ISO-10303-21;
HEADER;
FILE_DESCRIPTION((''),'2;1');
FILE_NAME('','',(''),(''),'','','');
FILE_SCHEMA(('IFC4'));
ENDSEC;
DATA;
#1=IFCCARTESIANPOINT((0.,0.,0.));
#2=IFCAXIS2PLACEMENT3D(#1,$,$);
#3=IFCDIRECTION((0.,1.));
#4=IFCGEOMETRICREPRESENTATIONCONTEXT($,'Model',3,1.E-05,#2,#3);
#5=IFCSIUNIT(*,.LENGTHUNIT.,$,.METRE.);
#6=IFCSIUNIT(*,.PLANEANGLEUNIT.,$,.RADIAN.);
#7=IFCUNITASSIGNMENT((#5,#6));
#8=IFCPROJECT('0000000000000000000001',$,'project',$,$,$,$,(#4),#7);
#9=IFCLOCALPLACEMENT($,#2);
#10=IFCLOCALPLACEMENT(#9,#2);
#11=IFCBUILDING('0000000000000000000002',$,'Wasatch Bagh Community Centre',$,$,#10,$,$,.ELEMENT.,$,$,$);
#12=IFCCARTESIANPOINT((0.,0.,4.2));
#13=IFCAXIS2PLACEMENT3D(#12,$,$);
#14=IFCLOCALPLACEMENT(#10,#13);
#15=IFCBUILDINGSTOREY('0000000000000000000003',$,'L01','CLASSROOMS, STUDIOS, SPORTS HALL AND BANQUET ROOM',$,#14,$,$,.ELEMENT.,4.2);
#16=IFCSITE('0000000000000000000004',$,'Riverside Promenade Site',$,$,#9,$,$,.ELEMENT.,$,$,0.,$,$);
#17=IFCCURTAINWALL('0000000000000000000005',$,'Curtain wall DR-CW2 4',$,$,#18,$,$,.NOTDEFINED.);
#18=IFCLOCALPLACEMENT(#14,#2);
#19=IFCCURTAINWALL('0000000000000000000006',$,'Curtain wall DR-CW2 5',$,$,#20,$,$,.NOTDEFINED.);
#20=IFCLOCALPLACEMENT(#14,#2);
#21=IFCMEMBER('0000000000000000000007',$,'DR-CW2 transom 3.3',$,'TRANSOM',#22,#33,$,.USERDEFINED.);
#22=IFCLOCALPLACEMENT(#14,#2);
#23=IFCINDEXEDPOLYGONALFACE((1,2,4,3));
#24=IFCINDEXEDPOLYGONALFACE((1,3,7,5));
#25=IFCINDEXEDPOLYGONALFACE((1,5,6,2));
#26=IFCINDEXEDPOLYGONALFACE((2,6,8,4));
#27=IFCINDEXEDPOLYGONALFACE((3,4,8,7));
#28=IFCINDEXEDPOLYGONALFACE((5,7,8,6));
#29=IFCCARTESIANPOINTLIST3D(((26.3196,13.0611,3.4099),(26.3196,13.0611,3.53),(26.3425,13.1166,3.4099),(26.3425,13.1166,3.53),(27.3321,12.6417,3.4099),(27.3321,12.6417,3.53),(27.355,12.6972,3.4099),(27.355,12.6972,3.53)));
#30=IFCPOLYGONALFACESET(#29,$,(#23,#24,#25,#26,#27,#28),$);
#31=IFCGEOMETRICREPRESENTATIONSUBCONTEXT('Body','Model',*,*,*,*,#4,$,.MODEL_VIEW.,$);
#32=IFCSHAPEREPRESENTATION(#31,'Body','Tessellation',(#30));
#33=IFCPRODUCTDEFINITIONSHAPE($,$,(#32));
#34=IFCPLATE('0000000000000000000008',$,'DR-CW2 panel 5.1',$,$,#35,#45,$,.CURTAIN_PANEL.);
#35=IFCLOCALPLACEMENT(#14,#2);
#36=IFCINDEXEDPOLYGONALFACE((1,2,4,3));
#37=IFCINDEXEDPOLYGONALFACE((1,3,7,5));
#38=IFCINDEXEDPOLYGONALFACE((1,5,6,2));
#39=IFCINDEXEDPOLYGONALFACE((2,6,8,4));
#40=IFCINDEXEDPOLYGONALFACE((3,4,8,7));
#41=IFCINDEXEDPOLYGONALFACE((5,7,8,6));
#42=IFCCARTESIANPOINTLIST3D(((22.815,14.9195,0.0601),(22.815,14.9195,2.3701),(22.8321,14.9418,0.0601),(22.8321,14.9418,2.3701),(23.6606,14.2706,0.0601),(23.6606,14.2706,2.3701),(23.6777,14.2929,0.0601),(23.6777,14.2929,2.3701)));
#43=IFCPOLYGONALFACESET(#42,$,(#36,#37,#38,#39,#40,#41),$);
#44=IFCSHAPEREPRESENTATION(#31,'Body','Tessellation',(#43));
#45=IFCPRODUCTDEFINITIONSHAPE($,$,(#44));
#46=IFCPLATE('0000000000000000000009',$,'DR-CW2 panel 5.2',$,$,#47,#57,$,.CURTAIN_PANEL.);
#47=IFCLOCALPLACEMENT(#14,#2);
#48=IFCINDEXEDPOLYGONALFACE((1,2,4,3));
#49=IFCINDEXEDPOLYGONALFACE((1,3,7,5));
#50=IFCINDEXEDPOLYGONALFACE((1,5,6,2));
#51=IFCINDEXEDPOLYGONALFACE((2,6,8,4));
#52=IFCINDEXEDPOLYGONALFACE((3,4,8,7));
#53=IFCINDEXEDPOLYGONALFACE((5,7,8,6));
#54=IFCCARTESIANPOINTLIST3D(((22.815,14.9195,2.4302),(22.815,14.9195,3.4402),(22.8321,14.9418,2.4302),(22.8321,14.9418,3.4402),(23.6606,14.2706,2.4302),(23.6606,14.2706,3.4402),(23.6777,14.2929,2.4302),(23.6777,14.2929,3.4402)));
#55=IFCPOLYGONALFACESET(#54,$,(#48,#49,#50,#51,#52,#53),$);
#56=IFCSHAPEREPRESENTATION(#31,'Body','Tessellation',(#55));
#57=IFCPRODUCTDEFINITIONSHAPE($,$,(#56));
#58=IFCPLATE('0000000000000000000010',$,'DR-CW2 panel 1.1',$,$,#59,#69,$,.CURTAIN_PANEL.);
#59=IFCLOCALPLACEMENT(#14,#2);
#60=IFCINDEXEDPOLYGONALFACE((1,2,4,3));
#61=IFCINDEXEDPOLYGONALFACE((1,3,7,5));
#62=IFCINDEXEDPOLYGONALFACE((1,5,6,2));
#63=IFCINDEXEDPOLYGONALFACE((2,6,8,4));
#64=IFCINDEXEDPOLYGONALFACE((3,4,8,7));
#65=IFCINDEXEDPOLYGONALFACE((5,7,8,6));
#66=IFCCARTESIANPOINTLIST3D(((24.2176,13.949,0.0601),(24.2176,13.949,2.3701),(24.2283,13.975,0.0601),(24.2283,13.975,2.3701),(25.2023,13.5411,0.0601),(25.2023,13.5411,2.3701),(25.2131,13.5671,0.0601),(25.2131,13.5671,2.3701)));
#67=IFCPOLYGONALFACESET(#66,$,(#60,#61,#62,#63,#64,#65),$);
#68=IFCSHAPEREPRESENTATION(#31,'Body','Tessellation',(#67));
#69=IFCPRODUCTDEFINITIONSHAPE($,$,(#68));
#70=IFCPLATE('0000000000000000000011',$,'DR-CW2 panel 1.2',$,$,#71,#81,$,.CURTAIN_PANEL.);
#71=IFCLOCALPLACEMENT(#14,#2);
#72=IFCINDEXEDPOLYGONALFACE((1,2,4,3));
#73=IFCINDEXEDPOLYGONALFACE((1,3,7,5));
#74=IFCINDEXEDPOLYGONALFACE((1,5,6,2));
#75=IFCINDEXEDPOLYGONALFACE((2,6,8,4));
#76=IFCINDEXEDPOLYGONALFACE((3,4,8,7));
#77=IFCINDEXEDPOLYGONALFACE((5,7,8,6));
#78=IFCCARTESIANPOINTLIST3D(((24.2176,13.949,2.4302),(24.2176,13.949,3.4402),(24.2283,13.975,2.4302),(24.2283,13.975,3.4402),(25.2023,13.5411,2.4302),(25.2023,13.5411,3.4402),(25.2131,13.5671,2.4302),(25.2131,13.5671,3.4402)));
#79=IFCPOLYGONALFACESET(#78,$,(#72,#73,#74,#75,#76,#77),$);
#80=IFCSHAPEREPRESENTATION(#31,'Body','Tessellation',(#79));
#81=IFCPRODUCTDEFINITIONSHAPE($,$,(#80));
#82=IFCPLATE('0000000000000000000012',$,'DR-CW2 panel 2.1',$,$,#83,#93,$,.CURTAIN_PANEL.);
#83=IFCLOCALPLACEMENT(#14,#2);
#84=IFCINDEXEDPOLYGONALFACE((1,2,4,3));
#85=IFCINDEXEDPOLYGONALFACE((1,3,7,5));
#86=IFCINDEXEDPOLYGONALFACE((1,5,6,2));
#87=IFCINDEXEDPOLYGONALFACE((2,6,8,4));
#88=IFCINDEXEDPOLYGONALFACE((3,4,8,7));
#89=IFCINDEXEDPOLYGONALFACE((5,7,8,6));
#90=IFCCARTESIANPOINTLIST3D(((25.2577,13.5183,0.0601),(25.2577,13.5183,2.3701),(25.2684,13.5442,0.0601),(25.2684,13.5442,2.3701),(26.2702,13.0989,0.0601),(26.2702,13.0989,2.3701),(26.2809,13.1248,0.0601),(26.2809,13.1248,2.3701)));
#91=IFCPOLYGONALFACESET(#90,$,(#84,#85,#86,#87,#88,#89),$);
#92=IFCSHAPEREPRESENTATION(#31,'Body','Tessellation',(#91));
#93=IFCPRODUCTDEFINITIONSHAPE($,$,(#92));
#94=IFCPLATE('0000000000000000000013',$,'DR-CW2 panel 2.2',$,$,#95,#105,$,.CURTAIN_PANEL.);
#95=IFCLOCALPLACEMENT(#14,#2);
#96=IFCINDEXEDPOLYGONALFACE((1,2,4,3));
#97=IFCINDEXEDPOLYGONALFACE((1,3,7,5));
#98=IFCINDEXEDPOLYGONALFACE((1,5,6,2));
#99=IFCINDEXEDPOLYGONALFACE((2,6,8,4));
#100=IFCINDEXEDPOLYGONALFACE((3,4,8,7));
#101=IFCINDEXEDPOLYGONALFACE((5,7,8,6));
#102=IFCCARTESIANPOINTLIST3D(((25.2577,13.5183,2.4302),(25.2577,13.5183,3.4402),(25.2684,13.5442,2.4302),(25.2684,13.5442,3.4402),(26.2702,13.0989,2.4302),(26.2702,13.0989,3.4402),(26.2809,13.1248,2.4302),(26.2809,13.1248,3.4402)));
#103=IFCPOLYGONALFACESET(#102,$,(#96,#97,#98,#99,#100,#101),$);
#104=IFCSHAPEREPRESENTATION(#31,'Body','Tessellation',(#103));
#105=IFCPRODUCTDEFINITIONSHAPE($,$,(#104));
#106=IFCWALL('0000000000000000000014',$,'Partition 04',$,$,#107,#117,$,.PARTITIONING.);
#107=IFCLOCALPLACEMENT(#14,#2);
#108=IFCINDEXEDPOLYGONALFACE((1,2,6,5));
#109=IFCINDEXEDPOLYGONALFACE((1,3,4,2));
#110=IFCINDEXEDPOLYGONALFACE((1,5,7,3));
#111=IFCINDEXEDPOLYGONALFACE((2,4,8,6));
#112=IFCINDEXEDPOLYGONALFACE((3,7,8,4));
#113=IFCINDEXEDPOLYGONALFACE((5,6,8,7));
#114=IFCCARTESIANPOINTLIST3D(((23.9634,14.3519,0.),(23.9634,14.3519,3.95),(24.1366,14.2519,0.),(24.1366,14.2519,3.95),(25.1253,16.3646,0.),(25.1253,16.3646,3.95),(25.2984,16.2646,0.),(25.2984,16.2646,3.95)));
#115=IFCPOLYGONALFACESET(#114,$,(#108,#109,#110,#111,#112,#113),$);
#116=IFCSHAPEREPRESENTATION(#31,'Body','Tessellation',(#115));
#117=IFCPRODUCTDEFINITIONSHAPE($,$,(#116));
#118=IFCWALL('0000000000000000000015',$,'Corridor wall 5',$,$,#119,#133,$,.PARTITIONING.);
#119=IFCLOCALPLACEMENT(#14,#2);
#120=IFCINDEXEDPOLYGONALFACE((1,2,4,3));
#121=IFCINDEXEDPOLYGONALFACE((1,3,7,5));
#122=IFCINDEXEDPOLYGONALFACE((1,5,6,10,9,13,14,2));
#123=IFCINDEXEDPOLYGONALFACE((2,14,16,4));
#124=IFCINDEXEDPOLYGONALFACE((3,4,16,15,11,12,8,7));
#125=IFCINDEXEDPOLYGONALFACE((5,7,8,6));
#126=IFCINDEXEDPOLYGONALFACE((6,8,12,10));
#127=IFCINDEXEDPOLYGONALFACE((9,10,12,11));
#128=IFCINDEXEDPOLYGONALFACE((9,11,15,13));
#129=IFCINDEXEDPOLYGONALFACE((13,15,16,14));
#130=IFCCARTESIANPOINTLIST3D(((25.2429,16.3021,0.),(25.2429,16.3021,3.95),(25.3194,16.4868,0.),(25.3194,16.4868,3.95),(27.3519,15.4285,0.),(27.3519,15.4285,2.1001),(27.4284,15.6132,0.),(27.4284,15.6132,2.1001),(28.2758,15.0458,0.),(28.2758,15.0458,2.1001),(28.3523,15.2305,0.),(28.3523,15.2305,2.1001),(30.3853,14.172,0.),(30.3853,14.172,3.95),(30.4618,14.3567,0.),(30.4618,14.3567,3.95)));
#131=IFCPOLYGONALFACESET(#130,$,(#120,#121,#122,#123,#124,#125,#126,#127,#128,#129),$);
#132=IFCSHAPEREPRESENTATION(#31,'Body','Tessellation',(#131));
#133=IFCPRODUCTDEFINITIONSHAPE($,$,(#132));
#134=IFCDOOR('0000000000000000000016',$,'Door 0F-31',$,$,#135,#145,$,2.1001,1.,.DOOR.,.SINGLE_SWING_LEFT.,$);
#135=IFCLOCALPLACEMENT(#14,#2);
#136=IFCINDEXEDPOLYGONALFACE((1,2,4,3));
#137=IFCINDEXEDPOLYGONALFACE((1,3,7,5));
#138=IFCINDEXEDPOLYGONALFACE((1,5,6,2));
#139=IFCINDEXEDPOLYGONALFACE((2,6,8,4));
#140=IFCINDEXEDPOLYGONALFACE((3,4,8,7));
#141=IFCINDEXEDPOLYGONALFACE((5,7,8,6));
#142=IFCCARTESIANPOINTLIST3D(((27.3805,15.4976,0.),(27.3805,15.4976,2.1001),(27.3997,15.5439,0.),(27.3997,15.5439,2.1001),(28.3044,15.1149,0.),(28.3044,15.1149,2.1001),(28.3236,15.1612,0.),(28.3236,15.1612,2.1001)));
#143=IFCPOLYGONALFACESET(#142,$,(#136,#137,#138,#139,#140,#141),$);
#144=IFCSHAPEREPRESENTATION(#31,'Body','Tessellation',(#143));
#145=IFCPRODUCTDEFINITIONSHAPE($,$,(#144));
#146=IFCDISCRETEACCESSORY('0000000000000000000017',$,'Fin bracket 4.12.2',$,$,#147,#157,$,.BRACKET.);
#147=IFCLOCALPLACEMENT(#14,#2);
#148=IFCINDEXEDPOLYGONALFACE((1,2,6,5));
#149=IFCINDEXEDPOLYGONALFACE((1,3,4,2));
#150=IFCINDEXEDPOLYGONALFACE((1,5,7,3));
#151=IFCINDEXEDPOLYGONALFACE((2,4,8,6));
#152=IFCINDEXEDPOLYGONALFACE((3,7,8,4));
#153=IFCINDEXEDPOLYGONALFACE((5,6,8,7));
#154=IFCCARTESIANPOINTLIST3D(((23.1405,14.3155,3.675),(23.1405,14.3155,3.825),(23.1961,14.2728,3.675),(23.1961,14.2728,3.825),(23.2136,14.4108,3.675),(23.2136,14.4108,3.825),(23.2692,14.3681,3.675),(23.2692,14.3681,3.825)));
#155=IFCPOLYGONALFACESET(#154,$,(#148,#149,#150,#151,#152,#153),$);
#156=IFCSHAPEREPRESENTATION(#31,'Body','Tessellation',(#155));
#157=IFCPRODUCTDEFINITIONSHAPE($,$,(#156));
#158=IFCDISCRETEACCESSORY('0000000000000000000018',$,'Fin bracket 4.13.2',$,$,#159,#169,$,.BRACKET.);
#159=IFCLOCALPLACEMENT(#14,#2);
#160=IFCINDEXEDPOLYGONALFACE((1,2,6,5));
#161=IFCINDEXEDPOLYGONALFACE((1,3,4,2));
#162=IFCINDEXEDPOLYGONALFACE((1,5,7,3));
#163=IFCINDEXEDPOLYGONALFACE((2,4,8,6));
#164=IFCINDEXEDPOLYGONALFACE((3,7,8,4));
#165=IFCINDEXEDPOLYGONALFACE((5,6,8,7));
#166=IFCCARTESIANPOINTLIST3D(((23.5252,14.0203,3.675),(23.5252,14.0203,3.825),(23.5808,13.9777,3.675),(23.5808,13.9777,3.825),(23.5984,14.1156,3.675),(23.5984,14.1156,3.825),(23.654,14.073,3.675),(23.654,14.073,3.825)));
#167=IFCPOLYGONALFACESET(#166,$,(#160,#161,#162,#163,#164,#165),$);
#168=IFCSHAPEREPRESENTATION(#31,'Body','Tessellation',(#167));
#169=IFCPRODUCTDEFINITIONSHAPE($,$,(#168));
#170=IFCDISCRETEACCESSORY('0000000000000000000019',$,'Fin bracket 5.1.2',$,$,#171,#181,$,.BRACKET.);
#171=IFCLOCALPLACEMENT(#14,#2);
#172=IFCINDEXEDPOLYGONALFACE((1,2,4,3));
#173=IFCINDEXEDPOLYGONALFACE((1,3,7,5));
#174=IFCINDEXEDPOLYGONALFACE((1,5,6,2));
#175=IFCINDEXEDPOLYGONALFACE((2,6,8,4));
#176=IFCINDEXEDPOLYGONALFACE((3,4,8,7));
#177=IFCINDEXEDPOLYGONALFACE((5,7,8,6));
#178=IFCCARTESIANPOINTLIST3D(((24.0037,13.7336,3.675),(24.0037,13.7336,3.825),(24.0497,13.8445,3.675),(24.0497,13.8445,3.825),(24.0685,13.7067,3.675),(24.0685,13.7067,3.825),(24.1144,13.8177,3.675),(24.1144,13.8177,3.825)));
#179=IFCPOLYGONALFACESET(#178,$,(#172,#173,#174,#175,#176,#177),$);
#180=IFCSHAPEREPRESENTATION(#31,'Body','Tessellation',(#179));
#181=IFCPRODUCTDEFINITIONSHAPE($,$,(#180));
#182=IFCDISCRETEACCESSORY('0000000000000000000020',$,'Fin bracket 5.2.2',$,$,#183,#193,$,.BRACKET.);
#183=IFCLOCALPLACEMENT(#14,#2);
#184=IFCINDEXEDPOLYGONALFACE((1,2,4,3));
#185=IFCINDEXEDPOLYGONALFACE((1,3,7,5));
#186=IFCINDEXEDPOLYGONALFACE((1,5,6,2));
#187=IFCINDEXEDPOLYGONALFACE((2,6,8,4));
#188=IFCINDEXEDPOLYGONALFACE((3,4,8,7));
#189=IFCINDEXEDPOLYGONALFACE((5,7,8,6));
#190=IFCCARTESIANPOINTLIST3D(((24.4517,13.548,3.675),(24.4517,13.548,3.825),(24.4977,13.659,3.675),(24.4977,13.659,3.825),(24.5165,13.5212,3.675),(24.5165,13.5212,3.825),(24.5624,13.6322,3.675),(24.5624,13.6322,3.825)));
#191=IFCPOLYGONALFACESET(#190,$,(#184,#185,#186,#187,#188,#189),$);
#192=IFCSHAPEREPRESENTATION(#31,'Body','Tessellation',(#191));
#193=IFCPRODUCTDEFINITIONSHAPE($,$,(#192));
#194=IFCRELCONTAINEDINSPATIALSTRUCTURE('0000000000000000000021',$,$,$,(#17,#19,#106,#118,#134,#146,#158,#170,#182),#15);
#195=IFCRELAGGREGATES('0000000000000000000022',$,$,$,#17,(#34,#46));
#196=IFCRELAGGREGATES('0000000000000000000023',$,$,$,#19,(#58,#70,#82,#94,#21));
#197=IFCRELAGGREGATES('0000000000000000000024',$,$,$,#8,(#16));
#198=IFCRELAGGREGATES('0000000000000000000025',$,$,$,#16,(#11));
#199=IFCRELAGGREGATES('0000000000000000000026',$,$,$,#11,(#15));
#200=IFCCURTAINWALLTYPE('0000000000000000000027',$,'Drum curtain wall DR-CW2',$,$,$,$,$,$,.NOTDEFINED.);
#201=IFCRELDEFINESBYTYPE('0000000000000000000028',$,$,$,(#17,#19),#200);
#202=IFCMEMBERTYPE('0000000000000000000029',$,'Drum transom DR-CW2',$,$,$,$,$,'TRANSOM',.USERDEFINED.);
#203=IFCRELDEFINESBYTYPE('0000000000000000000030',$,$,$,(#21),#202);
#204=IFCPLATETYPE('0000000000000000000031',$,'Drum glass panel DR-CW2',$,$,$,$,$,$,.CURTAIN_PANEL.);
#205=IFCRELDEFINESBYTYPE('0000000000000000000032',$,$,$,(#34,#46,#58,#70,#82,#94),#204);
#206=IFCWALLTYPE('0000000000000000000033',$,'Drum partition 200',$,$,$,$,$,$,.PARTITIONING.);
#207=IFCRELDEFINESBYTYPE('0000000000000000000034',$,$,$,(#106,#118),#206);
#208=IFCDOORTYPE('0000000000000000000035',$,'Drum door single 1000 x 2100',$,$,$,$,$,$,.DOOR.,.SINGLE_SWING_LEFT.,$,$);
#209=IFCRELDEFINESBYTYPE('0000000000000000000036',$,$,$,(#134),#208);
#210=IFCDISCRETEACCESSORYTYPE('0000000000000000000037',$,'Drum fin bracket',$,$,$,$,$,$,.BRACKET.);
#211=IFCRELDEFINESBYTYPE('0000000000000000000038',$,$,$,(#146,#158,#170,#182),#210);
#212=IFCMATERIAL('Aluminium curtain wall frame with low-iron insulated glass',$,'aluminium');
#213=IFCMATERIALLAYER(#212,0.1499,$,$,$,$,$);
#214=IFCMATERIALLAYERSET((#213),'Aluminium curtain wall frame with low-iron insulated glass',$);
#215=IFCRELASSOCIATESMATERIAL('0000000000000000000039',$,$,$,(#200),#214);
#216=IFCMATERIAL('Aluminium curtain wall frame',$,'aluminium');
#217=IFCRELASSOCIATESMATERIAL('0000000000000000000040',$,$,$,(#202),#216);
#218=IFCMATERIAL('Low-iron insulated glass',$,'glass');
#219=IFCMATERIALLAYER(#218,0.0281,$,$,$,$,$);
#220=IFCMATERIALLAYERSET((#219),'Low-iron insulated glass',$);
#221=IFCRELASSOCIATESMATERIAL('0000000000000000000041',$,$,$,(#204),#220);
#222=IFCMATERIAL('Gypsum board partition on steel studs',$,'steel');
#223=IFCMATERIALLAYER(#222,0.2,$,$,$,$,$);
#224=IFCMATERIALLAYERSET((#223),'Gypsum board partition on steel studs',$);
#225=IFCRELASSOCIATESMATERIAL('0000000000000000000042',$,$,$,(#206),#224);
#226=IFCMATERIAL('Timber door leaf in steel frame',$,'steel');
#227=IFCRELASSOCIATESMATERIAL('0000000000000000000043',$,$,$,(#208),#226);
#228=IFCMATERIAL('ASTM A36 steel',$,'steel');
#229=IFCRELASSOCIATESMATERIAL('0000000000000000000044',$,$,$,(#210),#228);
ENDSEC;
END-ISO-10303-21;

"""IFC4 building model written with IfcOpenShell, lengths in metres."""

from ifc_helpers import new_model, si_unit, direction, frame, frame_2d, origin, origin_2d, place, context, subcontext, project, spatial, rectangle, extrude, material, layer, layer_set, material_profile, profile_set, type_object, element, fill, aggregate, save


model = new_model("IFC4")

# Units and contexts
model_context = context("Model", 3, precision=1e-05, world=origin(), true_north=direction((0.0, 1.0)))
body_context = subcontext(model_context, "Body", "Model", "MODEL_VIEW")
ifc_project = project(units=[si_unit("LENGTHUNIT", "METRE"), si_unit("PLANEANGLEUNIT", "RADIAN")], contexts=[model_context])

# Site, building, storey
site_placement = place(None, origin())
site = spatial("IfcSite", under=ifc_project, at=site_placement, Name="Riverside Promenade Site", CompositionType="ELEMENT", RefElevation=0.0)
building_placement = place(site_placement, origin())
building = spatial("IfcBuilding", under=site, at=building_placement, Name="Wasatch Bagh Community Centre", CompositionType="ELEMENT")
storey_placement = place(building_placement, frame((0.0, 0.0, 4.2)))
storey = spatial("IfcBuildingStorey", under=building, at=storey_placement, Name="L01", Description="CLASSROOMS, STUDIOS, SPORTS HALL AND BANQUET ROOM", CompositionType="ELEMENT", Elevation=4.2)

# Curtain wall
ifc_material_1 = material(Name="Aluminium curtain wall frame with low-iron insulated glass", Category="aluminium")
ifc_layer_1 = layer(ifc_material_1, 0.1499)
ifc_layer_set_1 = layer_set([ifc_layer_1], Name="Aluminium curtain wall frame with low-iron insulated glass")
curtain_wall_type = type_object("IfcCurtainWallType", Name="Drum curtain wall DR-CW2", PredefinedType="NOTDEFINED", material=ifc_layer_set_1)
curtain_wall_1_placement = place(storey_placement, origin())
curtain_wall_1 = element("IfcCurtainWall", 1, at=curtain_wall_1_placement, inside=storey, type_object=curtain_wall_type, Name="Curtain wall DR-CW2 4", PredefinedType="NOTDEFINED")
ifc_material_2 = material(Name="Aluminium curtain wall frame", Category="aluminium")

# Curtain wall
curtain_wall_2_placement = place(storey_placement, origin())
curtain_wall_2 = element("IfcCurtainWall", 2, at=curtain_wall_2_placement, inside=storey, type_object=curtain_wall_type, Name="Curtain wall DR-CW2 5", PredefinedType="NOTDEFINED")

# Member
ifc_material_profile_1 = material_profile(ifc_material_2, rectangle(XDim=0.0601, YDim=0.1201, at=origin_2d()), Name="Drum transom DR-CW2")
ifc_profile_set_1 = profile_set([ifc_material_profile_1], Name="Aluminium curtain wall frame")
member_type_1 = type_object("IfcMemberType", Name="Drum transom DR-CW2", ElementType="TRANSOM", PredefinedType="USERDEFINED", material=ifc_profile_set_1)
member_1_placement = place(storey_placement, frame((26.3311, 13.0889, 3.47), z_axis=(0.923859, -0.382732, 0.0), x_axis=(0.382732, 0.923859, 0.0)))
member_1 = element("IfcMember", 3, at=member_1_placement, type_object=member_type_1, Name="DR-CW2 transom 3.3", ObjectType="TRANSOM", PredefinedType="USERDEFINED", context=body_context, shape_type="SweptSolid", body=[
    extrude(rectangle(XDim=0.0601, YDim=0.1201, at=origin_2d()), origin(), (0.0, 0.0, 1.0), 1.0959),
])

# Plates
ifc_material_3 = material(Name="Low-iron insulated glass", Category="glass")
ifc_layer_2 = layer(ifc_material_3, 0.0281)
ifc_layer_set_2 = layer_set([ifc_layer_2], Name="Low-iron insulated glass")
plate_type = type_object("IfcPlateType", Name="Drum glass panel DR-CW2", PredefinedType="CURTAIN_PANEL", material=ifc_layer_set_2)
plate_1_placement = place(storey_placement, frame((23.2463, 14.6062, 0.0601), z_axis=(0.0, 0.0, 1.0), x_axis=(0.793353, -0.608761, 0.0)))
plate_1 = element("IfcPlate", 4, at=plate_1_placement, type_object=plate_type, Name="DR-CW2 panel 5.1", PredefinedType="CURTAIN_PANEL", context=body_context, shape_type="SweptSolid", body=[
    extrude(rectangle(XDim=1.0659, YDim=0.0281, at=origin_2d()), origin(), (0.0, 0.0, 1.0), 2.3101),
])
plate_2_placement = place(storey_placement, frame((23.2463, 14.6062, 2.4302), z_axis=(0.0, 0.0, 1.0), x_axis=(0.793353, -0.608761, 0.0)))
plate_2 = element("IfcPlate", 5, at=plate_2_placement, type_object=plate_type, Name="DR-CW2 panel 5.2", PredefinedType="CURTAIN_PANEL", context=body_context, shape_type="SweptSolid", body=[
    extrude(rectangle(XDim=1.0659, YDim=0.0281, at=origin_2d()), origin(), (0.0, 0.0, 1.0), 1.01),
])
aggregate(curtain_wall_1, [plate_1, plate_2])
plate_3_placement = place(storey_placement, frame((24.7153, 13.7581, 0.0601), z_axis=(0.0, 0.0, 1.0), x_axis=(0.92388, -0.382683, 0.0)))
plate_3 = element("IfcPlate", 6, at=plate_3_placement, type_object=plate_type, Name="DR-CW2 panel 1.1", PredefinedType="CURTAIN_PANEL", context=body_context, shape_type="SweptSolid", body=[
    extrude(rectangle(XDim=1.0659, YDim=0.0281, at=origin_2d()), origin(), (0.0, 0.0, 1.0), 2.3101),
])
plate_4_placement = place(storey_placement, frame((24.7153, 13.7581, 2.4302), z_axis=(0.0, 0.0, 1.0), x_axis=(0.92388, -0.382683, 0.0)))
plate_4 = element("IfcPlate", 7, at=plate_4_placement, type_object=plate_type, Name="DR-CW2 panel 1.2", PredefinedType="CURTAIN_PANEL", context=body_context, shape_type="SweptSolid", body=[
    extrude(rectangle(XDim=1.0659, YDim=0.0281, at=origin_2d()), origin(), (0.0, 0.0, 1.0), 1.01),
])
plate_5_placement = place(storey_placement, frame((25.7693, 13.3215, 0.0601), z_axis=(0.0, 0.0, 1.0), x_axis=(0.92388, -0.382683, 0.0)))
plate_5 = element("IfcPlate", 8, at=plate_5_placement, type_object=plate_type, Name="DR-CW2 panel 2.1", PredefinedType="CURTAIN_PANEL", context=body_context, shape_type="SweptSolid", body=[
    extrude(rectangle(XDim=1.0959, YDim=0.0281, at=origin_2d()), origin(), (0.0, 0.0, 1.0), 2.3101),
])
plate_6_placement = place(storey_placement, frame((25.7693, 13.3215, 2.4302), z_axis=(0.0, 0.0, 1.0), x_axis=(0.92388, -0.382683, 0.0)))
plate_6 = element("IfcPlate", 9, at=plate_6_placement, type_object=plate_type, Name="DR-CW2 panel 2.2", PredefinedType="CURTAIN_PANEL", context=body_context, shape_type="SweptSolid", body=[
    extrude(rectangle(XDim=1.0959, YDim=0.0281, at=origin_2d()), origin(), (0.0, 0.0, 1.0), 1.01),
])
aggregate(curtain_wall_2, [plate_3, plate_4, plate_5, plate_6, member_1])

# Wall
ifc_material_4 = material(Name="Gypsum board partition on steel studs", Category="steel")
ifc_layer_3 = layer(ifc_material_4, 0.2)
ifc_layer_set_3 = layer_set([ifc_layer_3], Name="Gypsum board partition on steel studs")
wall_type = type_object("IfcWallType", Name="Drum partition 200", PredefinedType="PARTITIONING", material=ifc_layer_set_3)
wall_1_placement = place(storey_placement, frame((25.2119, 16.3147, 0.0), z_axis=(0.0, 0.0, 1.0), x_axis=(-0.499947, -0.866056, 0.0)))
element("IfcWall", 10, at=wall_1_placement, inside=storey, type_object=wall_type, Name="Partition 04", PredefinedType="PARTITIONING", context=body_context, shape_type="SweptSolid", body=[
    extrude(rectangle(XDim=2.324, YDim=0.2, at=frame_2d((1.1621, 0.0))), origin(), (0.0, 0.0, 1.0), 3.95),
])

# Wall, opening, door
wall_2_placement = place(storey_placement, frame((25.281, 16.3945, 0.0), z_axis=(0.0, 0.0, 1.0), x_axis=(0.923873, -0.382699, 0.0)))
wall_2 = element("IfcWall", 11, at=wall_2_placement, inside=storey, type_object=wall_type, Name="Corridor wall 5", PredefinedType="PARTITIONING", context=body_context, shape_type="SweptSolid", body=[
    extrude(rectangle(XDim=5.5662, YDim=0.2, at=frame_2d((2.7832, 0.0))), origin(), (0.0, 0.0, 1.0), 3.95),
])
opening_placement = place(wall_2_placement, frame((2.283, 0.0, 0.0)))
opening = element("IfcOpeningElement", 12, at=opening_placement, cuts=wall_2, PredefinedType="OPENING", context=body_context, shape_type="SweptSolid", body=[
    extrude(rectangle(XDim=1.0, YDim=2.1001, at=frame_2d((0.5, 1.05))), frame((0.0, 0.1099, 0.0), z_axis=(0.0, -1.0, 0.0), x_axis=(1.0, 0.0, 0.0)), (0.0, 0.0, 1.0), 0.22),
])
ifc_material_5 = material(Name="Timber door leaf in steel frame", Category="steel")
door_type = type_object("IfcDoorType", Name="Drum door single 1000 x 2100", OperationType="SINGLE_SWING_LEFT", PredefinedType="DOOR", material=ifc_material_5)
door_placement = place(opening_placement, origin())
door = element("IfcDoor", 13, at=door_placement, inside=storey, type_object=door_type, Name="Door 0F-31", OperationType="SINGLE_SWING_LEFT", OverallHeight=2.1001, OverallWidth=1.0, PredefinedType="DOOR", context=body_context, shape_type="SweptSolid", body=[
    extrude(rectangle(XDim=1.0, YDim=2.1001, at=frame_2d((0.5, 1.05))), frame((0.0, 0.0249, 0.0), z_axis=(0.0, -1.0, 0.0), x_axis=(1.0, 0.0, 0.0)), (0.0, 0.0, 1.0), 0.05),
])
fill(opening, door)

# Discrete accessories
ifc_material_6 = material(Name="ASTM A36 steel", Category="steel")
discrete_accessory_type = type_object("IfcDiscreteAccessoryType", Name="Drum fin bracket", PredefinedType="BRACKET", material=ifc_material_6)
for number, where, z_axis, x_axis, name in (
    (14, (23.2048, 14.3418, 3.675), (0.0, 0.0, 1.0), (0.793353, -0.608761, 0.0), "Fin bracket 4.12.2"),
    (15, (23.5896, 14.0466, 3.675), (0.0, 0.0, 1.0), (0.793353, -0.608761, 0.0), "Fin bracket 4.13.2"),
    (16, (24.0591, 13.7756, 3.675), (0.0, 0.0, 1.0), (0.92388, -0.382683, 0.0), "Fin bracket 5.1.2"),
    (17, (24.5071, 13.5901, 3.675), (0.0, 0.0, 1.0), (0.92388, -0.382683, 0.0), "Fin bracket 5.2.2"),
):
    element("IfcDiscreteAccessory", number, at=place(storey_placement, frame(where, z_axis=z_axis, x_axis=x_axis)), inside=storey, type_object=discrete_accessory_type, Name=name, PredefinedType="BRACKET", context=body_context, shape_type="SweptSolid", body=[
        extrude(rectangle(XDim=0.0701, YDim=0.1201, at=origin_2d()), origin(), (0.0, 0.0, 1.0), 0.1499),
    ])

save(model, "model.ifc")
